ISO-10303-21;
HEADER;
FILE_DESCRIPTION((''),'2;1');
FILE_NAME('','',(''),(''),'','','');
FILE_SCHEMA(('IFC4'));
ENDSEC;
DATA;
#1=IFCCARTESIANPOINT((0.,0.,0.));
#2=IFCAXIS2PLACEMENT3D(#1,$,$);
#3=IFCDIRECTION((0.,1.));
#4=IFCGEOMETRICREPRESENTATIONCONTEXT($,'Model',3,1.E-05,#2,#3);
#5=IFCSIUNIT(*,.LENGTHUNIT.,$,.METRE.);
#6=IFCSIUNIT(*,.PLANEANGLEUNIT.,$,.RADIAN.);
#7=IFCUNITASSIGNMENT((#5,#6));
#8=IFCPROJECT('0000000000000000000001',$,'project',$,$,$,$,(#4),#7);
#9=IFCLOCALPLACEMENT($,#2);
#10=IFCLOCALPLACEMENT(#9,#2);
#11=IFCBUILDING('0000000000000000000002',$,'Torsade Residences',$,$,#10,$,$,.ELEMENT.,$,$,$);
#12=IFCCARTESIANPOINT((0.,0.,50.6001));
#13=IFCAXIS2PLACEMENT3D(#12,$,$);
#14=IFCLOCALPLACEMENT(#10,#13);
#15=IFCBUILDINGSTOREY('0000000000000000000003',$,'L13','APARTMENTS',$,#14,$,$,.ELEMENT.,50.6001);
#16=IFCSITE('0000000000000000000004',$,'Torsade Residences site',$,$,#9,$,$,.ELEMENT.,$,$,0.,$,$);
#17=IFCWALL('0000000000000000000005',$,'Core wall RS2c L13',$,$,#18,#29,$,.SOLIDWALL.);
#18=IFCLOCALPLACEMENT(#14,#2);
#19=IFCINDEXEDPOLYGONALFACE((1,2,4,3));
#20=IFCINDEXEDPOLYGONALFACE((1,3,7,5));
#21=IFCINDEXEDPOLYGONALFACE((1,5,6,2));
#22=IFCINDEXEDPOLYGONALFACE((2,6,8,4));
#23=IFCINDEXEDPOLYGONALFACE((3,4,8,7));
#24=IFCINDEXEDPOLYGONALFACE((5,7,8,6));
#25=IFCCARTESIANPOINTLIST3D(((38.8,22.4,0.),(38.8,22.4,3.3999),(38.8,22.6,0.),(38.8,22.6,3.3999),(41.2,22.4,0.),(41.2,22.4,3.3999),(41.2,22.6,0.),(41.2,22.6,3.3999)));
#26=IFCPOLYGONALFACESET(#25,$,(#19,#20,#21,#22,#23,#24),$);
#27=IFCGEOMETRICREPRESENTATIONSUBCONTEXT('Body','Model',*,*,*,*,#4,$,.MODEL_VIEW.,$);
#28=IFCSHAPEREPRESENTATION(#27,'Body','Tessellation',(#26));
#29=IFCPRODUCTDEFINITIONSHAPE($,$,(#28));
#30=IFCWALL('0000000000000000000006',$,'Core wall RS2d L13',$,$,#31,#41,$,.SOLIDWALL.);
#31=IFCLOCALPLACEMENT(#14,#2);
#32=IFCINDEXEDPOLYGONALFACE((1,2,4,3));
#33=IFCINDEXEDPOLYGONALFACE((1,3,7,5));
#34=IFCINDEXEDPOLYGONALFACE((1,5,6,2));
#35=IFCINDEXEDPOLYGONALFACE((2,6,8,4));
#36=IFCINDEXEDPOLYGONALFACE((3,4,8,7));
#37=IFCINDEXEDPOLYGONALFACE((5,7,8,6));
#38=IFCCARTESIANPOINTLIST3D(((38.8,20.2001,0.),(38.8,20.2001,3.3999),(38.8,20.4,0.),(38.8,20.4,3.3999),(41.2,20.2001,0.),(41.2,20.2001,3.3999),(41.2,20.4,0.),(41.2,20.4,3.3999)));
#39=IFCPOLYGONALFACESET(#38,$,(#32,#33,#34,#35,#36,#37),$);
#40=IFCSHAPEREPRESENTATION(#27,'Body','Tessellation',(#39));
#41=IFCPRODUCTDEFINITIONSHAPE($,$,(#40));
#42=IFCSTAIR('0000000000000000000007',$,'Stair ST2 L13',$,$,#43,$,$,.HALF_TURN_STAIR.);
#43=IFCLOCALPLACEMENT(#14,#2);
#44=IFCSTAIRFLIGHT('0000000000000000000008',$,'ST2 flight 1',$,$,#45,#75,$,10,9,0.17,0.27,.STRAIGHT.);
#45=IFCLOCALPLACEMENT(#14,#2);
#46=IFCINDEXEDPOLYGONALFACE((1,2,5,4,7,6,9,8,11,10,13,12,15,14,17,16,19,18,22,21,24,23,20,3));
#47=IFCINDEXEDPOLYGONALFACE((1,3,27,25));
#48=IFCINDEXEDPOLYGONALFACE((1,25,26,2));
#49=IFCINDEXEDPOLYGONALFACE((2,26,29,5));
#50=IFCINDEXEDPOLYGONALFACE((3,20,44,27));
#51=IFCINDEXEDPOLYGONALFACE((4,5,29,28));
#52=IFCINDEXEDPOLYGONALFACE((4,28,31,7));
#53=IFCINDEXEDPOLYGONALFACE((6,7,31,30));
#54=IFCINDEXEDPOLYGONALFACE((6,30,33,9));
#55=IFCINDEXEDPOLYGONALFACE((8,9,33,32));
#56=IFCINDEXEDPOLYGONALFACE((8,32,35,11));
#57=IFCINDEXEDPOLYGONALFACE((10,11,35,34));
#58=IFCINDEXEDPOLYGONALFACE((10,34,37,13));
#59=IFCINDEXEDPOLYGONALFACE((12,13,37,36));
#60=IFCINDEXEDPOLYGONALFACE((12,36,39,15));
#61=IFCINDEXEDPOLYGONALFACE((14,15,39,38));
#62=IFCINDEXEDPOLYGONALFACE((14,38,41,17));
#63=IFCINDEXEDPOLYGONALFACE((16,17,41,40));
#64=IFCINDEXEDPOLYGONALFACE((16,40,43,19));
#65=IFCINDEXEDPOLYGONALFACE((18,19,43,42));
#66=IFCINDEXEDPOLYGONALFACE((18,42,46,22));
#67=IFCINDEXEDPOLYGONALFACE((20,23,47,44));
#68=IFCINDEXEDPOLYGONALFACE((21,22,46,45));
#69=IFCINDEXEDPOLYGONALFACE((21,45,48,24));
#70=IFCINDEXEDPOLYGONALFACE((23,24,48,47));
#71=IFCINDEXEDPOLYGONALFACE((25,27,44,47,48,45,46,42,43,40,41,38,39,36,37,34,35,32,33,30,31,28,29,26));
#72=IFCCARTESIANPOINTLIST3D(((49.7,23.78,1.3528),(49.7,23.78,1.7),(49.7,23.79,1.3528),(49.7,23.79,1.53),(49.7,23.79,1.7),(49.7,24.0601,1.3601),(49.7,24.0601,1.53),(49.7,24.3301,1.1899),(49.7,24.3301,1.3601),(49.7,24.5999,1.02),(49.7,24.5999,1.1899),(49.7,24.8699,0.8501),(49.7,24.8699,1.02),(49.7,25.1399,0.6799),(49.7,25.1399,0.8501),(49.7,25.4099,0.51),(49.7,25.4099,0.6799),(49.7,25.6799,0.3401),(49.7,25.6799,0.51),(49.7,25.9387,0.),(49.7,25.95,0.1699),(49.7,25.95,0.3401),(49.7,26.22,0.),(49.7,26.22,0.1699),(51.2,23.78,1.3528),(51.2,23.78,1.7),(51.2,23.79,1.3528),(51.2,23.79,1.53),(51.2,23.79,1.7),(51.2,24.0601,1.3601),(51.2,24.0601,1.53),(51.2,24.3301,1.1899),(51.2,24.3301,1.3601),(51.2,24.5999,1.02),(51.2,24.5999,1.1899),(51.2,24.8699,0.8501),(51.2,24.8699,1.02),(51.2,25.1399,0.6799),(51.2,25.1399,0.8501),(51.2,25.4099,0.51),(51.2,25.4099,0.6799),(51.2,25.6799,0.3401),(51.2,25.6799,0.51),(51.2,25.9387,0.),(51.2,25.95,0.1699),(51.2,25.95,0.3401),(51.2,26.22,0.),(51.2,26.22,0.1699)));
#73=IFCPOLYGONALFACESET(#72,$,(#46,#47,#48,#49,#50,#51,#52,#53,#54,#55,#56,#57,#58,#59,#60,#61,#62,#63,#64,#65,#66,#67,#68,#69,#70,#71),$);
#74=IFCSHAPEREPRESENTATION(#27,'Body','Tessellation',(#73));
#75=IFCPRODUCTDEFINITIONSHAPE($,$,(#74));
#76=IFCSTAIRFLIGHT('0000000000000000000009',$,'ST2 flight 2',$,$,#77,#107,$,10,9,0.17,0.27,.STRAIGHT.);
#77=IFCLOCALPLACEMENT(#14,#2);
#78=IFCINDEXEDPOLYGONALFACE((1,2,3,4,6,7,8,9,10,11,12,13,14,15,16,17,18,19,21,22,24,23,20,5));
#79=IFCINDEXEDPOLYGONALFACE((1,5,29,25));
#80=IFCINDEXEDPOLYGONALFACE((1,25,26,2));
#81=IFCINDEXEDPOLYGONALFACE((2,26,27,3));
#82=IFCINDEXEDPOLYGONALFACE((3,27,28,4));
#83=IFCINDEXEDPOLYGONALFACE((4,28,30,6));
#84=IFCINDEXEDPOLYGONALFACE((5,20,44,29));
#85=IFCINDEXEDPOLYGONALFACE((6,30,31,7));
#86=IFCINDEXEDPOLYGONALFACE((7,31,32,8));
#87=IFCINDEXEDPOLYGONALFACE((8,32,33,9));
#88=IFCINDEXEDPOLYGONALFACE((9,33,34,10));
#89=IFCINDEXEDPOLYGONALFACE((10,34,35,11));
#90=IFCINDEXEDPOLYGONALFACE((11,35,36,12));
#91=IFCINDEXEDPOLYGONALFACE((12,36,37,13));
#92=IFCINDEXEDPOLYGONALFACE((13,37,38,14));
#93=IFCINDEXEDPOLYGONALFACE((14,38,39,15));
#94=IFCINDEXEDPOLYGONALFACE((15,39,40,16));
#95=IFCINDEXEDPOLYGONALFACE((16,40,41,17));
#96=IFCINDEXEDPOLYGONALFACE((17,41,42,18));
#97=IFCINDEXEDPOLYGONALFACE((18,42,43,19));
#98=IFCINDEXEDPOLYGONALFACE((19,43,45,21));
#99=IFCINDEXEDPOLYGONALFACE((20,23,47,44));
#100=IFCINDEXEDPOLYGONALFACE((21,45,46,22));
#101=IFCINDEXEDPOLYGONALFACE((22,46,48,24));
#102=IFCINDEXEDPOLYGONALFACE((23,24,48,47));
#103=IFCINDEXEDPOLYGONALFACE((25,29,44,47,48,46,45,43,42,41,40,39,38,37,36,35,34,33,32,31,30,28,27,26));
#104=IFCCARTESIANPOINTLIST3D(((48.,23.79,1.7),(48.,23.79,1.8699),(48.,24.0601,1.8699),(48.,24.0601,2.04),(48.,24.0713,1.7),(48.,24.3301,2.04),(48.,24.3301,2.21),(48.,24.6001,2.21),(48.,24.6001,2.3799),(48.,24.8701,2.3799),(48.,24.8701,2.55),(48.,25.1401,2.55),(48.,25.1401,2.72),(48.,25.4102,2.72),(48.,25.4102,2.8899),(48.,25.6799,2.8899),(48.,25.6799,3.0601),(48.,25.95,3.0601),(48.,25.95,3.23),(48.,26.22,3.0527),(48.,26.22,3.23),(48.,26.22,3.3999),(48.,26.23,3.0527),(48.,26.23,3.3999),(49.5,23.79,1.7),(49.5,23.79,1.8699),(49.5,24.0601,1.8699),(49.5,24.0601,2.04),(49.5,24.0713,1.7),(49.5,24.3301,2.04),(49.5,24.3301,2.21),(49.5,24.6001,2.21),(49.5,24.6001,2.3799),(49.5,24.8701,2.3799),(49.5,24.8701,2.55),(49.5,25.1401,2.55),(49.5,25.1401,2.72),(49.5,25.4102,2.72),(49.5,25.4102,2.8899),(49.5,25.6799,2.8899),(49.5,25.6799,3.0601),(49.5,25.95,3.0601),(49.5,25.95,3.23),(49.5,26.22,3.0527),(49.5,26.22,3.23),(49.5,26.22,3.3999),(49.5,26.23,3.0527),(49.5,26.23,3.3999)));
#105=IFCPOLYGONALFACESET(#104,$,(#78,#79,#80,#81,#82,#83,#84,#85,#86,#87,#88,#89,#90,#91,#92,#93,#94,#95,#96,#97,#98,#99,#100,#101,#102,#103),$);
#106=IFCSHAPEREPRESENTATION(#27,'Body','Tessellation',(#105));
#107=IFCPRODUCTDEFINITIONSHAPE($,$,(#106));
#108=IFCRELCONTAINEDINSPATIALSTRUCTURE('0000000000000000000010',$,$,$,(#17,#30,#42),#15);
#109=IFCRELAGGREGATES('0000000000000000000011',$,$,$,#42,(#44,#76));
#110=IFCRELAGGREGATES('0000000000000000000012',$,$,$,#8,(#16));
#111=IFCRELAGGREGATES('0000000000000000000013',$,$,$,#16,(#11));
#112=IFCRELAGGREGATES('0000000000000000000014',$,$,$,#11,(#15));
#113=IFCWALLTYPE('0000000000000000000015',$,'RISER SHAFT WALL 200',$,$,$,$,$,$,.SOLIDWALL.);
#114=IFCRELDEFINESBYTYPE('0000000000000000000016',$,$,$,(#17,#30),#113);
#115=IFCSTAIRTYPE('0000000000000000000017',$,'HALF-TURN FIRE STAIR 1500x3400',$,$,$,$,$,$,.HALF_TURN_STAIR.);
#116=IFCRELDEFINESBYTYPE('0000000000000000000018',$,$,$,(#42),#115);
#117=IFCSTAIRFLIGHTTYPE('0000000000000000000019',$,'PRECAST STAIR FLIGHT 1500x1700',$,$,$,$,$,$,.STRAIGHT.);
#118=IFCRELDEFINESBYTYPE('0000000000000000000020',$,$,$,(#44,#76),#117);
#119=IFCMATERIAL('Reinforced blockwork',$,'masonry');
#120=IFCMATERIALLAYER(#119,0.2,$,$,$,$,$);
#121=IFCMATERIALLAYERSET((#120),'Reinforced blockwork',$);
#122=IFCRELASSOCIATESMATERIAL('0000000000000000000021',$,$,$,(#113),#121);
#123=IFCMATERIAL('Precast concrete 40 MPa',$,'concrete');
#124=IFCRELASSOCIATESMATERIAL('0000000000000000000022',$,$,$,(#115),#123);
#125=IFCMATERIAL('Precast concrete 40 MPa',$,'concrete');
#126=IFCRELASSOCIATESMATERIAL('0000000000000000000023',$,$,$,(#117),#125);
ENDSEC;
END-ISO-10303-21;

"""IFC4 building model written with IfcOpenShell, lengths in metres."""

from ifc_helpers import new_model, si_unit, direction, frame, frame_2d, origin, place, context, subcontext, project, spatial, polyline, rectangle, outline, extrude, material, layer, layer_set, type_object, element, aggregate, save


model = new_model("IFC4")

# Units and contexts
model_context = context("Model", 3, precision=1e-05, world=origin(), true_north=direction((0.0, 1.0)))
body_context = subcontext(model_context, "Body", "Model", "MODEL_VIEW")
ifc_project = project(units=[si_unit("LENGTHUNIT", "METRE"), si_unit("PLANEANGLEUNIT", "RADIAN")], contexts=[model_context])

# Site, building, storey
site_placement = place(None, origin())
site = spatial("IfcSite", under=ifc_project, at=site_placement, Name="Torsade Residences site", CompositionType="ELEMENT", RefElevation=0.0)
building_placement = place(site_placement, origin())
building = spatial("IfcBuilding", under=site, at=building_placement, Name="Torsade Residences", CompositionType="ELEMENT")
storey_placement = place(building_placement, frame((0.0, 0.0, 50.6001)))
storey = spatial("IfcBuildingStorey", under=building, at=storey_placement, Name="L13", Description="APARTMENTS", CompositionType="ELEMENT", Elevation=50.6001)

# Walls
ifc_material_1 = material(Name="Reinforced blockwork", Category="masonry")
ifc_layer_1 = layer(ifc_material_1, 0.2)
ifc_layer_set_1 = layer_set([ifc_layer_1], Name="Reinforced blockwork")
wall_type_1 = type_object("IfcWallType", Name="RISER SHAFT WALL 200", PredefinedType="SOLIDWALL", material=ifc_layer_set_1)
for number, where, z_axis, x_axis, name in (
    (1, (38.8, 22.5, 0.0), (0.0, 0.0, 1.0), (1.0, 0.0, 0.0), "Core wall RS2c L13"),
    (2, (38.8, 20.3, 0.0), (0.0, 0.0, 1.0), (1.0, 0.0, 0.0), "Core wall RS2d L13"),
):
    element("IfcWall", number, at=place(storey_placement, frame(where, z_axis=z_axis, x_axis=x_axis)), inside=storey, type_object=wall_type_1, Name=name, PredefinedType="SOLIDWALL", context=body_context, shape_type="SweptSolid", body=[
        extrude(rectangle(XDim=2.3999, YDim=0.2, at=frame_2d((1.2, 0.0))), origin(), (0.0, 0.0, 1.0), 3.3999),
    ])

# Stair, stair flights
ifc_material_2 = material(Name="Precast concrete 40 MPa", Category="concrete")
stair_type = type_object("IfcStairType", Name="HALF-TURN FIRE STAIR 1500x3400", PredefinedType="HALF_TURN_STAIR", material=ifc_material_2)
stair_placement = place(storey_placement, origin())
stair = element("IfcStair", 3, at=stair_placement, inside=storey, type_object=stair_type, Name="Stair ST2 L13", PredefinedType="HALF_TURN_STAIR")
ifc_material_3 = material(Name="Precast concrete 40 MPa", Category="concrete")
stair_flight_type = type_object("IfcStairFlightType", Name="PRECAST STAIR FLIGHT 1500x1700", PredefinedType="STRAIGHT", material=ifc_material_3)
stair_flight_1_placement = place(storey_placement, frame((50.45, 26.22, 0.0), z_axis=(0.0, 0.0, 1.0), x_axis=(0.0, -1.0, 0.0)))
stair_flight_1 = element("IfcStairFlight", 4, at=stair_flight_1_placement, type_object=stair_flight_type, Name="ST2 flight 1", NumberOfRisers=10, NumberOfTreads=9, PredefinedType="STRAIGHT", RiserHeight=0.17, TreadLength=0.27, context=body_context, shape_type="SweptSolid", body=[
    extrude(outline(polyline([(0.0, 0.0), (0.0, 0.1699), (0.27, 0.1699), (0.27, 0.3401), (0.54, 0.3401), (0.54, 0.51), (0.8101, 0.51), (0.8101, 0.6799), (1.0801, 0.6799), (1.0801, 0.8501), (1.3501, 0.8501), (1.3501, 1.02), (1.6201, 1.02), (1.6201, 1.1899), (1.8899, 1.1899), (1.8899, 1.3601), (2.1599, 1.3601), (2.1599, 1.53), (2.4299, 1.53), (2.4299, 1.7), (2.4399, 1.7), (2.4399, 1.3528), (2.4299, 1.3528), (0.2812, 0.0), (0.0, 0.0)])), frame((0.0, 0.75, 0.0), z_axis=(0.0, -1.0, 0.0), x_axis=(1.0, 0.0, 0.0)), (0.0, 0.0, 1.0), 1.5),
])
stair_flight_2_placement = place(storey_placement, frame((48.75, 23.79, 1.7), z_axis=(0.0, 0.0, 1.0), x_axis=(0.0, 1.0, 0.0)))
stair_flight_2 = element("IfcStairFlight", 5, at=stair_flight_2_placement, type_object=stair_flight_type, Name="ST2 flight 2", NumberOfRisers=10, NumberOfTreads=9, PredefinedType="STRAIGHT", RiserHeight=0.17, TreadLength=0.27, context=body_context, shape_type="SweptSolid", body=[
    extrude(outline(polyline([(0.0, 0.0), (0.0, 0.1699), (0.27, 0.1699), (0.27, 0.3401), (0.54, 0.3401), (0.54, 0.51), (0.8101, 0.51), (0.8101, 0.6799), (1.0801, 0.6799), (1.0801, 0.8501), (1.3501, 0.8501), (1.3501, 1.02), (1.6201, 1.02), (1.6201, 1.1899), (1.8899, 1.1899), (1.8899, 1.3601), (2.1599, 1.3601), (2.1599, 1.53), (2.4299, 1.53), (2.4299, 1.7), (2.4399, 1.7), (2.4399, 1.3528), (2.4299, 1.3528), (0.2812, 0.0), (0.0, 0.0)])), frame((0.0, 0.75, 0.0), z_axis=(0.0, -1.0, 0.0), x_axis=(1.0, 0.0, 0.0)), (0.0, 0.0, 1.0), 1.5),
])
aggregate(stair, [stair_flight_1, stair_flight_2])

save(model, "model.ifc")
